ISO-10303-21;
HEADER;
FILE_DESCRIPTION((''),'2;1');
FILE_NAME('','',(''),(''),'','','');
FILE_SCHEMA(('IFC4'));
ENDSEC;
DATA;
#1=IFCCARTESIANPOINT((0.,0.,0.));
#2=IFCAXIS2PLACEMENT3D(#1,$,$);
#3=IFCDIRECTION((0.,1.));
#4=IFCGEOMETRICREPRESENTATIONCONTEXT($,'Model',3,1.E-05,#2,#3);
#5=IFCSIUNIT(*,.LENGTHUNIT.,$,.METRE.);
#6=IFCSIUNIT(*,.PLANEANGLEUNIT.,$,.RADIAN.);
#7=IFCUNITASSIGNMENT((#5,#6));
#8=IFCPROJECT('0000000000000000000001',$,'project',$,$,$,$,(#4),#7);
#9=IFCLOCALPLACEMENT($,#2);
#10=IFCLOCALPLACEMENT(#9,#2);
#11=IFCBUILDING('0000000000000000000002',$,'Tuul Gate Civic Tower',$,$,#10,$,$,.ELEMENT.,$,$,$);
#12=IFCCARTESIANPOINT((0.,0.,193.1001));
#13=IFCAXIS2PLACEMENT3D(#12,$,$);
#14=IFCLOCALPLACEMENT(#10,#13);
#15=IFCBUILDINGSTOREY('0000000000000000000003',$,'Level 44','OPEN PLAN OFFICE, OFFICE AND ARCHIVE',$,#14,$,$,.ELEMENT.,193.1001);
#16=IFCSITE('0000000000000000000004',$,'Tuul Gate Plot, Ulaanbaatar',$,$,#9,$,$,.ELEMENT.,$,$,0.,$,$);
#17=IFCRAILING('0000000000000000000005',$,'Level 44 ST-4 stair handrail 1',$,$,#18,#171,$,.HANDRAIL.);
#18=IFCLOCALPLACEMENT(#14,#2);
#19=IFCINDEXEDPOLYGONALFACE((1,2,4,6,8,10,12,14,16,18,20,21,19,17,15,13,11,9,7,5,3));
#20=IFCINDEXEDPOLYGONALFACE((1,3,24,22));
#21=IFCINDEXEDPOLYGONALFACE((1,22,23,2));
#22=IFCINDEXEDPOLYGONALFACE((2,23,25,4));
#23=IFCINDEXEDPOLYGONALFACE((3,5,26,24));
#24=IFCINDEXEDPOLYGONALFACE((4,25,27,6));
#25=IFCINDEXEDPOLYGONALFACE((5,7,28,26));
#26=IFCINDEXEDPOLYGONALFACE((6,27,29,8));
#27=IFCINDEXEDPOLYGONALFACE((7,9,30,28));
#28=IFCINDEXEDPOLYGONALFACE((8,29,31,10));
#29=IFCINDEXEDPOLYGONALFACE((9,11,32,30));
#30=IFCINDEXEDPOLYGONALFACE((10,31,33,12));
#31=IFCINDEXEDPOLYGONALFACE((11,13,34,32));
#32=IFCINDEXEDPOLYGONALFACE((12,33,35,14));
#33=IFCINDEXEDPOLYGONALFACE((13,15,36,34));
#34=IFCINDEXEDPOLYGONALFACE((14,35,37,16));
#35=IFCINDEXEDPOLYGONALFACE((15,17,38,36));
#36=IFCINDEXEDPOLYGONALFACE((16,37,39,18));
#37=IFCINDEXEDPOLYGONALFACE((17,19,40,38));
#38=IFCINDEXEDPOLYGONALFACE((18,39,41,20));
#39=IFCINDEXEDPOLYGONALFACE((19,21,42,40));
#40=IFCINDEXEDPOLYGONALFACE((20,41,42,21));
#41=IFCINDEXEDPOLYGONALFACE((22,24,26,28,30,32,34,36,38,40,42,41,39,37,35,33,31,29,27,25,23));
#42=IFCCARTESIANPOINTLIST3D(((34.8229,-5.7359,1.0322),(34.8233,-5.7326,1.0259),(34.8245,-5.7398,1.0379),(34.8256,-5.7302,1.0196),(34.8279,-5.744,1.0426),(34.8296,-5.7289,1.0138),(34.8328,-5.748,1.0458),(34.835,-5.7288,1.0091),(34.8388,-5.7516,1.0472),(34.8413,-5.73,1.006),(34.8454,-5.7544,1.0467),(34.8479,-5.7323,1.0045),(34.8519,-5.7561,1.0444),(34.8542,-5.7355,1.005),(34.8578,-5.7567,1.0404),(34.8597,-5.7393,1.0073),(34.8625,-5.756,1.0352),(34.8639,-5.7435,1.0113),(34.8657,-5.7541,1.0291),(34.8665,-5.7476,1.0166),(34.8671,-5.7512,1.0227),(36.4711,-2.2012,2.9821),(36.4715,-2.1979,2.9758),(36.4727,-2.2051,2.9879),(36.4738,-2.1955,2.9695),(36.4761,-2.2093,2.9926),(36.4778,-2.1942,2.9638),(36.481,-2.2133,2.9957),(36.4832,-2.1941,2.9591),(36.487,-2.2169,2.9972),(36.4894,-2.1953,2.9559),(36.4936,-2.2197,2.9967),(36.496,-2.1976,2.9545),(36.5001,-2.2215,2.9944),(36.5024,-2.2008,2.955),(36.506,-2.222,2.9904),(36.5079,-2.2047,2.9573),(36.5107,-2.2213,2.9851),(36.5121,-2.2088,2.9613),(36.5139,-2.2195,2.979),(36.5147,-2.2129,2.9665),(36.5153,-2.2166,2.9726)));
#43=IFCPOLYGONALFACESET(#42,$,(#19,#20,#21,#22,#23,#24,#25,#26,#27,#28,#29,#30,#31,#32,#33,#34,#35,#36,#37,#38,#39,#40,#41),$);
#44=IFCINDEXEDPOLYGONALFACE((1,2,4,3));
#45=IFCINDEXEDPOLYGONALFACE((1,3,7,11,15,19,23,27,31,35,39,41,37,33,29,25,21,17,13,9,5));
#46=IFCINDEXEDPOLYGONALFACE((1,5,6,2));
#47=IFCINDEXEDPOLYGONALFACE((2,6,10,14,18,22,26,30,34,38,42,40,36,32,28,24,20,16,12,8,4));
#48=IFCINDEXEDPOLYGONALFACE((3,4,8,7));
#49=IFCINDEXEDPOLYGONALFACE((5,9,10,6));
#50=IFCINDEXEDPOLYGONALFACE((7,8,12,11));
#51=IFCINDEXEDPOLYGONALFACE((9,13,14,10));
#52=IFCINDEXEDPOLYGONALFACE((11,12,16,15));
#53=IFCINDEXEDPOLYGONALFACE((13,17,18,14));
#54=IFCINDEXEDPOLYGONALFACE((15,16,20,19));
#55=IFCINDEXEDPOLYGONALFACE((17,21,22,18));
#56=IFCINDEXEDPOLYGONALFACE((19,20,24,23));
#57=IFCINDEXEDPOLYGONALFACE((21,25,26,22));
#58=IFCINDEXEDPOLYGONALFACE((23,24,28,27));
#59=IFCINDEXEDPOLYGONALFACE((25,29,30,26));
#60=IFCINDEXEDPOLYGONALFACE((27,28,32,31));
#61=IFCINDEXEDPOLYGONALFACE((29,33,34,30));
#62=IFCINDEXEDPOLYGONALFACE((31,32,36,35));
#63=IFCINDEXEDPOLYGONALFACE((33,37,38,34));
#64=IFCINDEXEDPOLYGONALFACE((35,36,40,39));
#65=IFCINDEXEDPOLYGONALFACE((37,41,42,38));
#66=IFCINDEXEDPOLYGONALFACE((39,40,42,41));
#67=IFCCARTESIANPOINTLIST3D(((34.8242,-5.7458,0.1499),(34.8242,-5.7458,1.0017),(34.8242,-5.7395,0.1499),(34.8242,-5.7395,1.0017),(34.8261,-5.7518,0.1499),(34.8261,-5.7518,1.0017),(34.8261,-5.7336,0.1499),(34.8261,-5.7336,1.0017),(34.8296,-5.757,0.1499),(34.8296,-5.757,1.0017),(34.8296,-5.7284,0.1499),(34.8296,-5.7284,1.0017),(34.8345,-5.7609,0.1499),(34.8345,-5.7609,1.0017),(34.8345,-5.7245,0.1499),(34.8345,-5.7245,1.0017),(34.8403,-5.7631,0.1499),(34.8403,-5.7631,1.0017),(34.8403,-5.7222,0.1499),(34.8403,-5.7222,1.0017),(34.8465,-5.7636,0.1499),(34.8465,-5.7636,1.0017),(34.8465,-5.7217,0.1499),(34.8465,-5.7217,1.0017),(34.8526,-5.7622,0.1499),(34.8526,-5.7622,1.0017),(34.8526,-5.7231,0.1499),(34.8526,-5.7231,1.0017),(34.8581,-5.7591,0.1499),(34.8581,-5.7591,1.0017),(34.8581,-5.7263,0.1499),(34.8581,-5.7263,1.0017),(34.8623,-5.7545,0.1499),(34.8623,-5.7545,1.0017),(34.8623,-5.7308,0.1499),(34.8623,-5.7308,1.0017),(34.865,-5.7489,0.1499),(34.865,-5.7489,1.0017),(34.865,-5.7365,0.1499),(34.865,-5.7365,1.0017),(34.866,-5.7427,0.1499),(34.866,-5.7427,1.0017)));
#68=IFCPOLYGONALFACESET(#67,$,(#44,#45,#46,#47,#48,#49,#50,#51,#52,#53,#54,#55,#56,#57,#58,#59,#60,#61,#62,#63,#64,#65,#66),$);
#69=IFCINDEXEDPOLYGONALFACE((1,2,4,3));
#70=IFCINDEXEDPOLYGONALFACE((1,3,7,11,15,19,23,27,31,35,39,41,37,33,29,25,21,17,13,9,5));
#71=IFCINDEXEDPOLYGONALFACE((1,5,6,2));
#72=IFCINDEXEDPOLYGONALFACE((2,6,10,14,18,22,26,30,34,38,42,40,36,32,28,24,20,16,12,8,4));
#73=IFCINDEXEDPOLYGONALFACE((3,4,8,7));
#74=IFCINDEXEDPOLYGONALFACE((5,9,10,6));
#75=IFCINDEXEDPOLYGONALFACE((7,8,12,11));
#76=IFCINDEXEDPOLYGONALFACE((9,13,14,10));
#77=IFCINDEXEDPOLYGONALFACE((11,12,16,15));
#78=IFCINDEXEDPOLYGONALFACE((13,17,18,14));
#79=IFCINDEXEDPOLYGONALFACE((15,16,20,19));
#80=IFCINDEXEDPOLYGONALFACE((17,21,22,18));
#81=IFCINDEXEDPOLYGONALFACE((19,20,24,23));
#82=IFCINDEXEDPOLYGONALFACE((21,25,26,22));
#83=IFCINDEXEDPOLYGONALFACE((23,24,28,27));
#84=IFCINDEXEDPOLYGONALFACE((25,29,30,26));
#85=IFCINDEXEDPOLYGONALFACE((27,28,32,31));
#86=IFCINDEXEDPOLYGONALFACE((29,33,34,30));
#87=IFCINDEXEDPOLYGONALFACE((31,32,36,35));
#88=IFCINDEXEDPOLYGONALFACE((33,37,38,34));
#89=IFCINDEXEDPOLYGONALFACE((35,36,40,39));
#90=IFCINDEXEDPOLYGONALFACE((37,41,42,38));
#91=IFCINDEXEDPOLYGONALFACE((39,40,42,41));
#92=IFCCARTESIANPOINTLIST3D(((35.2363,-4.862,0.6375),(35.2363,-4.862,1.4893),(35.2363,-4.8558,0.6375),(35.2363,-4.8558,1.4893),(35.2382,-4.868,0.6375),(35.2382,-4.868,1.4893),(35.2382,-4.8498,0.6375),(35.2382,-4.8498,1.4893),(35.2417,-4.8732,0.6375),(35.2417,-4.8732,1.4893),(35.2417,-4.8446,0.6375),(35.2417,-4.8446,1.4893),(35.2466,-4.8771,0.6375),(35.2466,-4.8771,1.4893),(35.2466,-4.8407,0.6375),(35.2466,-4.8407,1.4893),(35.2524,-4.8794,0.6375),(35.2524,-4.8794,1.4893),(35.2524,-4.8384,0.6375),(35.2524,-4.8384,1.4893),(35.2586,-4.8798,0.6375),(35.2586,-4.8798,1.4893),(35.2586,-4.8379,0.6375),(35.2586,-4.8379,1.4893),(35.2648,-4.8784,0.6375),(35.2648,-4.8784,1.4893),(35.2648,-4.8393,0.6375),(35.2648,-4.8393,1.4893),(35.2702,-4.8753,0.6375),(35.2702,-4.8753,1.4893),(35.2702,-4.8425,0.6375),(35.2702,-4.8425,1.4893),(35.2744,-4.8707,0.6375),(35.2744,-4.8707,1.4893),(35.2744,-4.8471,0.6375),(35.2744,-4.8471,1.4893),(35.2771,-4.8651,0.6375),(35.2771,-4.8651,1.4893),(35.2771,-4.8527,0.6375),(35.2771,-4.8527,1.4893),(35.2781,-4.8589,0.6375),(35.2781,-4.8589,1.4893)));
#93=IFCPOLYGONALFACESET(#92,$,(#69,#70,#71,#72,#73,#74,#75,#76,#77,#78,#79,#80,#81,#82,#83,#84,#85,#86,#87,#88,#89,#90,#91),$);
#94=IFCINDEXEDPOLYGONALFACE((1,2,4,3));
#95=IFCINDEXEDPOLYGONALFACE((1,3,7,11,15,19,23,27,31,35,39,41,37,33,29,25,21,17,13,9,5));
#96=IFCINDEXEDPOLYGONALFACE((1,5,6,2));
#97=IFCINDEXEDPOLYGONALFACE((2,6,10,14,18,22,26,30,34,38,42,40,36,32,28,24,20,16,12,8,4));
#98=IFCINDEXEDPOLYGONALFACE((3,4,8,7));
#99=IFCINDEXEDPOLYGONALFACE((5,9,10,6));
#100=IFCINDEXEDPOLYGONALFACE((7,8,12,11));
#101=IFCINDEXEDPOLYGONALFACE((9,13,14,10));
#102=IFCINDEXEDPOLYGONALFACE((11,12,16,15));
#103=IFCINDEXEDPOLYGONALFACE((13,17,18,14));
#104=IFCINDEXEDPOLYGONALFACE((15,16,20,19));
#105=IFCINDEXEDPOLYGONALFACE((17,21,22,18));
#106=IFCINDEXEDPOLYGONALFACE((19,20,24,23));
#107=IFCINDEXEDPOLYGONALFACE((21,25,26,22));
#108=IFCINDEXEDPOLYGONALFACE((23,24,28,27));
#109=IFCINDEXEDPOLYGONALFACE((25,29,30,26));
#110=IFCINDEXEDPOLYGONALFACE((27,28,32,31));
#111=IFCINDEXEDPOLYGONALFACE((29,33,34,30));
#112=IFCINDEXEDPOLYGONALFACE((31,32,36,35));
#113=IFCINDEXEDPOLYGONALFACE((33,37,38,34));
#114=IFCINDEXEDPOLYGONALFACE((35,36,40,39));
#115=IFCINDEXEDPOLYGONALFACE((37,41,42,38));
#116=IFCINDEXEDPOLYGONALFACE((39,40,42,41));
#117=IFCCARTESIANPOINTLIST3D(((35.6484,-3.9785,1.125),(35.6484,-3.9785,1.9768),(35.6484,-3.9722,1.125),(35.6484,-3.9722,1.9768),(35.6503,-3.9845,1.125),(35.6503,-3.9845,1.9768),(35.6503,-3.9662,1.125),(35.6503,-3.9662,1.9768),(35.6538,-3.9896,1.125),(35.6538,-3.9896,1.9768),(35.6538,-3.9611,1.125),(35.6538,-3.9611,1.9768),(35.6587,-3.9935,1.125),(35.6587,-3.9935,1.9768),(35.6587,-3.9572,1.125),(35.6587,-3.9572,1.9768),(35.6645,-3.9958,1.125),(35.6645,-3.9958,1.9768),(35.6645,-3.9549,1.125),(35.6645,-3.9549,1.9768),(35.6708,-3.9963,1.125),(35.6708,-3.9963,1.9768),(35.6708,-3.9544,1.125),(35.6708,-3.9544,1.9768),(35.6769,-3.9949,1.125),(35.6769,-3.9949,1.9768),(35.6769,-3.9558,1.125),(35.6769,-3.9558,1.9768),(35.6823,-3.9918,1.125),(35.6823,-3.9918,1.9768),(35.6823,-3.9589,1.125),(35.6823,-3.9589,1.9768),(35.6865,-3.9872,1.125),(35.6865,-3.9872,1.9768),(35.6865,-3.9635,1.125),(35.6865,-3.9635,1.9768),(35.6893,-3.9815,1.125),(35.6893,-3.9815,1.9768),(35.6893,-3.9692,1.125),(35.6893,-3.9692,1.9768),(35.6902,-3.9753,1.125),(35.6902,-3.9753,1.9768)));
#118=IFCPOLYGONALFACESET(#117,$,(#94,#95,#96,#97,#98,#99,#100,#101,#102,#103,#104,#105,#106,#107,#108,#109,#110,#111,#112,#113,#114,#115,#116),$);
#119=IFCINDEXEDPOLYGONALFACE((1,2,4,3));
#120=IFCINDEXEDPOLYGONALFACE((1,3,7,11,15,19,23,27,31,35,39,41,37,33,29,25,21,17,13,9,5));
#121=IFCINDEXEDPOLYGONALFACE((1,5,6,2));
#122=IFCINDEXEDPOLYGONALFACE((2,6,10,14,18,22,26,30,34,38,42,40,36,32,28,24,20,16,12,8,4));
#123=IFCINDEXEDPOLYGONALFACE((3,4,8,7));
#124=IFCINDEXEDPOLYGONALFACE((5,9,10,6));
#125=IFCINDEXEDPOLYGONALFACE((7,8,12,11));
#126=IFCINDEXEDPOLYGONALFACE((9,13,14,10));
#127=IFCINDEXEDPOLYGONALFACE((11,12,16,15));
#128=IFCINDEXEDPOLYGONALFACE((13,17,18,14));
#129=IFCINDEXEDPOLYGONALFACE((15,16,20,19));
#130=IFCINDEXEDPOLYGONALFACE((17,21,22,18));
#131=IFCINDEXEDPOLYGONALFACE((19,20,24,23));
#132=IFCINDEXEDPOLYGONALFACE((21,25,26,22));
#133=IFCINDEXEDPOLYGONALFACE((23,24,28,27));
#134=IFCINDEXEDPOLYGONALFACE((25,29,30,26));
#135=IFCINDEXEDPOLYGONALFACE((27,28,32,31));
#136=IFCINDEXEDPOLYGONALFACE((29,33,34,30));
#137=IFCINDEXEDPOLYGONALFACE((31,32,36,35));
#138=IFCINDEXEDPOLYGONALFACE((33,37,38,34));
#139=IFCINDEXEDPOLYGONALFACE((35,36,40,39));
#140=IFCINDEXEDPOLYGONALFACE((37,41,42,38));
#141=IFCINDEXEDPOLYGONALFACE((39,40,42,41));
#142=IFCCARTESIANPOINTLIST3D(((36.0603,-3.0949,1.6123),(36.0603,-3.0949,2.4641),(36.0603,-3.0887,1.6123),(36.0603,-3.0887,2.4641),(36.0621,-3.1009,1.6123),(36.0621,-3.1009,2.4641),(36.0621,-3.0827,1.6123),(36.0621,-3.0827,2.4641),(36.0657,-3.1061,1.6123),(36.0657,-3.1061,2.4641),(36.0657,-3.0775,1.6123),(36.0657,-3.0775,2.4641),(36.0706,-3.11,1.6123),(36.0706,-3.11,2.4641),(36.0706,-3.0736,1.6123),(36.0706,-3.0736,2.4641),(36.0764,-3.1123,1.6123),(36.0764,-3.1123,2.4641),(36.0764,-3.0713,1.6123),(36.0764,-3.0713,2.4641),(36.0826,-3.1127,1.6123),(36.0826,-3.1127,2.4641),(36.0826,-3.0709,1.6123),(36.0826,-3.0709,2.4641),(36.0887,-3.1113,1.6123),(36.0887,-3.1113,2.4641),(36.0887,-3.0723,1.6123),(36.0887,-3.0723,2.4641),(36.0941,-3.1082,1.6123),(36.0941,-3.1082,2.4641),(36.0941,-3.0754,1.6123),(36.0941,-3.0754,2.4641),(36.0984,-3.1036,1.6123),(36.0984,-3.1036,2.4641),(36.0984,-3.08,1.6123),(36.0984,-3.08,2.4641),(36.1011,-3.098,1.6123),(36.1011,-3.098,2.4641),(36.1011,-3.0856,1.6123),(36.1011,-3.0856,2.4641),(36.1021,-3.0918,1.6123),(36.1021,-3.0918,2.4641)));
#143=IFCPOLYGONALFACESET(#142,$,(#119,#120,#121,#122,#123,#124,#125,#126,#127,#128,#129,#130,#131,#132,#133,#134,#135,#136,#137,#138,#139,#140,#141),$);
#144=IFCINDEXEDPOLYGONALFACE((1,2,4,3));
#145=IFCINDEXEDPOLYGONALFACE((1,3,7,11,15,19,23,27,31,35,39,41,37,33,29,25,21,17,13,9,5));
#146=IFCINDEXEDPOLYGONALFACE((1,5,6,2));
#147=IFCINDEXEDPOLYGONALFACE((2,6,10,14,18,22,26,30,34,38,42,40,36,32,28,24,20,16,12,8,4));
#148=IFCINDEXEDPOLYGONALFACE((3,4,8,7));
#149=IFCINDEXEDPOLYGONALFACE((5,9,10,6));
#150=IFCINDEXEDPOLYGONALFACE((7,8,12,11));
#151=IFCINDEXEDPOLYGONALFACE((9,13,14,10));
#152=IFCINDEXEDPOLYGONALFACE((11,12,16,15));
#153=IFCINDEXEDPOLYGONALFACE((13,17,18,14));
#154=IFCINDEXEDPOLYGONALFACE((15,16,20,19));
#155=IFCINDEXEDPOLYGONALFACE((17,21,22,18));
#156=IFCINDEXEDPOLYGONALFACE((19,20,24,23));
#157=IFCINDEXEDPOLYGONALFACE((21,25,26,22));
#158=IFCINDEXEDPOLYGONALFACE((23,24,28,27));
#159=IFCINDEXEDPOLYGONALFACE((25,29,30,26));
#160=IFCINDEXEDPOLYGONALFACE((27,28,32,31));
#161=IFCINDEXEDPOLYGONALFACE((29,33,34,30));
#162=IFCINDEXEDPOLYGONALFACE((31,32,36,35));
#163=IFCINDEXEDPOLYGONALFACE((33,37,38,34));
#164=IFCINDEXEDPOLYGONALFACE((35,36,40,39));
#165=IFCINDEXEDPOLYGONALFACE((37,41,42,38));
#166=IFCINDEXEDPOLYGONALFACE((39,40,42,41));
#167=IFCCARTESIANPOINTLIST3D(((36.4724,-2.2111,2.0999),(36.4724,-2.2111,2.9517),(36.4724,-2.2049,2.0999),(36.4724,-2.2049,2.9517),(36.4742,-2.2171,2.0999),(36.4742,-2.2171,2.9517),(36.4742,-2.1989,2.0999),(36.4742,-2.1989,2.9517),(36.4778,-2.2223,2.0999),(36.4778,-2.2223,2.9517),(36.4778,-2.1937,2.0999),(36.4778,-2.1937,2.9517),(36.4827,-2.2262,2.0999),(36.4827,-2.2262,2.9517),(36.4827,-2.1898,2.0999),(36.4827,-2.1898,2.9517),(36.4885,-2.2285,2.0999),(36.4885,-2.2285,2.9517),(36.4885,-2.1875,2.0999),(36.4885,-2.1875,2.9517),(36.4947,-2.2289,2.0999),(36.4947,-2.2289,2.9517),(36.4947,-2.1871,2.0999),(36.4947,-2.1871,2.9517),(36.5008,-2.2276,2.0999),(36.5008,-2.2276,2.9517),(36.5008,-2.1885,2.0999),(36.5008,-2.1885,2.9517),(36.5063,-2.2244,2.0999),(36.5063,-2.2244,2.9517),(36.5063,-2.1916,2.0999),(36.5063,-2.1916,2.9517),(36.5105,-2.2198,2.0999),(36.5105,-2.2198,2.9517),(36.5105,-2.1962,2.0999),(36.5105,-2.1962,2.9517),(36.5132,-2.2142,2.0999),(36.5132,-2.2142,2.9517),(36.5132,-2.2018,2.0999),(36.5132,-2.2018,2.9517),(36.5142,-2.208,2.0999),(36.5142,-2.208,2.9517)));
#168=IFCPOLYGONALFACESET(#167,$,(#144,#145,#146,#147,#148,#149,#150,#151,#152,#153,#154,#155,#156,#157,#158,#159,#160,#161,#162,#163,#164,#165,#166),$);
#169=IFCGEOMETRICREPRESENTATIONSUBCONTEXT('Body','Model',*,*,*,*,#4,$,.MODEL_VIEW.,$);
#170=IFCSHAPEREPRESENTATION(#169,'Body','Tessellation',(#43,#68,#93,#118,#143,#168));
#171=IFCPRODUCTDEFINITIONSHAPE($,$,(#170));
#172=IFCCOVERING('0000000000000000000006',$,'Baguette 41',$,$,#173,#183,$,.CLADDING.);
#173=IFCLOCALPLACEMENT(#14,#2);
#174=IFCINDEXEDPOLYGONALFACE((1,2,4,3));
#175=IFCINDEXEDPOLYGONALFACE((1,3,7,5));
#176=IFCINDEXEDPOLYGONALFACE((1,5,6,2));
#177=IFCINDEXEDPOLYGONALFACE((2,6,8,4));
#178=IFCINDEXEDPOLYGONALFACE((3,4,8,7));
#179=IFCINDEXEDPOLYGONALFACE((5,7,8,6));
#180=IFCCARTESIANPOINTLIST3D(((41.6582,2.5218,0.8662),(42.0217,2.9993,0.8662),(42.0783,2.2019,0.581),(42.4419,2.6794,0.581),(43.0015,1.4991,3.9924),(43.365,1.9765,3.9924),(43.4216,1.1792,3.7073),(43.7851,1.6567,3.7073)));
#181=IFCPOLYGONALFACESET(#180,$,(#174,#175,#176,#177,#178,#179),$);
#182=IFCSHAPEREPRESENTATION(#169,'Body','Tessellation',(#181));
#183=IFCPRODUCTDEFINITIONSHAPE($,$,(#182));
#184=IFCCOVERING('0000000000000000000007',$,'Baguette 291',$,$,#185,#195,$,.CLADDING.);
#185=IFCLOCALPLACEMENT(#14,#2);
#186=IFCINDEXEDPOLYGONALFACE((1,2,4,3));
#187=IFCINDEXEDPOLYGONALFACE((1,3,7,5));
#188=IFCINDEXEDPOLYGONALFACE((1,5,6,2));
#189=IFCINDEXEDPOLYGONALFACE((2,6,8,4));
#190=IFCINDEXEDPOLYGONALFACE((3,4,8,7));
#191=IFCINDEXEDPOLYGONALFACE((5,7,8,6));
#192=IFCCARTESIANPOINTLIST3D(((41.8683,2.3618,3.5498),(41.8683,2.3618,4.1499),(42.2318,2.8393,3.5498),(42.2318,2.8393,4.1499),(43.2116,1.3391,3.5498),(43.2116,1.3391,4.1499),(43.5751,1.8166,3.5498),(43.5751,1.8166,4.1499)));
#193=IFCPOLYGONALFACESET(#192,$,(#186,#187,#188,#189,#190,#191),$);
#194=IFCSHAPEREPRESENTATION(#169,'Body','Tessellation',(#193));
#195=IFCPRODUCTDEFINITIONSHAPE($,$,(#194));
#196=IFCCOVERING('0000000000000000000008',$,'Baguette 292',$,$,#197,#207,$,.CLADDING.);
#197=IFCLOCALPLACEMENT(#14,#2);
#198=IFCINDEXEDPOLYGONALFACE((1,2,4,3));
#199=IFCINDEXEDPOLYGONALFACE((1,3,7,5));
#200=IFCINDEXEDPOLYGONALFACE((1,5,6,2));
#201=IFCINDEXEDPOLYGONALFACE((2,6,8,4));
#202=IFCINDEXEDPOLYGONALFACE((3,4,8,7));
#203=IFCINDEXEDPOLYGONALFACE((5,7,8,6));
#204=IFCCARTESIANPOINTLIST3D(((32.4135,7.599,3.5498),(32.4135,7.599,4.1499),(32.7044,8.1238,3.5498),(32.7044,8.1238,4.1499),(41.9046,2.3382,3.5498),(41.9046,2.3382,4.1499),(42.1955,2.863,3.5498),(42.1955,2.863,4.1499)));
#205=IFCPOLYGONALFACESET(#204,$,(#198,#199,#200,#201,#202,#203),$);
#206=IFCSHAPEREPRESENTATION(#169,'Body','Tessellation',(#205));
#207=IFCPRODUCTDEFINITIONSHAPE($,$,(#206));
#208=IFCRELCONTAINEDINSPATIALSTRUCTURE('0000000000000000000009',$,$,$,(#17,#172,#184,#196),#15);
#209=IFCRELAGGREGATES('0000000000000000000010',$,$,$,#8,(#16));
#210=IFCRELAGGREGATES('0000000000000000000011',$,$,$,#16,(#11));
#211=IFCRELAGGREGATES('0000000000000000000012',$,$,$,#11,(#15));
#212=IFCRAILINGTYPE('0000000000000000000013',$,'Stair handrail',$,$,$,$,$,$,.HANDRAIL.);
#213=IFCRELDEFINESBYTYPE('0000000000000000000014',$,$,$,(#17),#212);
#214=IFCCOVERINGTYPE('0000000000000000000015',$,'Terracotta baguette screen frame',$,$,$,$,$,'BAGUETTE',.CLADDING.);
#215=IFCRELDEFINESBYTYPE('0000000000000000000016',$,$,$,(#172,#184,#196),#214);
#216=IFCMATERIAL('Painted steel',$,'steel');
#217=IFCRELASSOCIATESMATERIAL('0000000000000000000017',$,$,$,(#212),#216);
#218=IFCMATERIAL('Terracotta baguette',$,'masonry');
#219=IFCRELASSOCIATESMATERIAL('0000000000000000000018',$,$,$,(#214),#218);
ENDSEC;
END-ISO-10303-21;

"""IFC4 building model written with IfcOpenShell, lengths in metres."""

from ifc_helpers import new_model, si_unit, direction, frame, origin, origin_2d, place, context, subcontext, project, spatial, rectangle, circle, extrude, material, material_profile, profile_set, type_object, element, save


model = new_model("IFC4")

# Units and contexts
model_context = context("Model", 3, precision=1e-05, world=origin(), true_north=direction((0.0, 1.0)))
body_context = subcontext(model_context, "Body", "Model", "MODEL_VIEW")
ifc_project = project(units=[si_unit("LENGTHUNIT", "METRE"), si_unit("PLANEANGLEUNIT", "RADIAN")], contexts=[model_context])

# Site, building, storey
site_placement = place(None, origin())
site = spatial("IfcSite", under=ifc_project, at=site_placement, Name="Tuul Gate Plot, Ulaanbaatar", CompositionType="ELEMENT", RefElevation=0.0)
building_placement = place(site_placement, origin())
building = spatial("IfcBuilding", under=site, at=building_placement, Name="Tuul Gate Civic Tower", CompositionType="ELEMENT")
storey_placement = place(building_placement, frame((0.0, 0.0, 193.1001)))
storey = spatial("IfcBuildingStorey", under=building, at=storey_placement, Name="Level 44", Description="OPEN PLAN OFFICE, OFFICE AND ARCHIVE", CompositionType="ELEMENT", Elevation=193.1001)

# Railing
ifc_material_1 = material(Name="Painted steel", Category="steel")
railing_type = type_object("IfcRailingType", Name="Stair handrail", PredefinedType="HANDRAIL", material=ifc_material_1)
railing_placement = place(storey_placement, frame((34.845, -5.7427, 0.1499)))
element("IfcRailing", 1, at=railing_placement, inside=storey, type_object=railing_type, Name="Level 44 ST-4 stair handrail 1", PredefinedType="HANDRAIL", context=body_context, shape_type="SweptSolid", body=[
    extrude(circle(Radius=0.0239, at=origin_2d()), frame((0.0, 0.0, 0.876), z_axis=(0.377995, 0.810637, 0.4472), x_axis=(-0.906313, 0.422608, 0.0)), (0.0, 0.0, 1.0), 4.3604),
    extrude(circle(Radius=0.021, at=origin_2d()), origin(), (0.0, 0.0, 1.0), 0.8518),
    extrude(circle(Radius=0.021, at=origin_2d()), frame((0.4121, 0.8838, 0.4875)), (0.0, 0.0, 1.0), 0.8518),
    extrude(circle(Radius=0.021, at=origin_2d()), frame((0.8242, 1.7673, 0.9751)), (0.0, 0.0, 1.0), 0.8518),
    extrude(circle(Radius=0.021, at=origin_2d()), frame((1.2361, 2.6509, 1.4624)), (0.0, 0.0, 1.0), 0.8518),
    extrude(circle(Radius=0.021, at=origin_2d()), frame((1.6482, 3.5347, 1.95)), (0.0, 0.0, 1.0), 0.8518),
])

# Coverings
ifc_material_2 = material(Name="Terracotta baguette", Category="masonry")
ifc_material_profile_1 = material_profile(ifc_material_2, rectangle(XDim=0.6001, YDim=0.6001, at=origin_2d()), Name="Terracotta baguette screen frame")
ifc_profile_set_1 = profile_set([ifc_material_profile_1], Name="Terracotta baguette")
covering_type = type_object("IfcCoveringType", Name="Terracotta baguette screen frame", ElementType="BAGUETTE", PredefinedType="CLADDING", material=ifc_profile_set_1)
covering_1_placement = place(storey_placement, frame((43.3933, 1.5779, 3.8499), z_axis=(-0.378068, 0.287846, -0.879892), x_axis=(-0.605769, -0.795641, 0.0)))
element("IfcCovering", 2, at=covering_1_placement, inside=storey, type_object=covering_type, Name="Baguette 41", PredefinedType="CLADDING", context=body_context, shape_type="SweptSolid", body=[
    extrude(rectangle(XDim=0.6001, YDim=0.6001, at=origin_2d()), origin(), (0.0, 0.0, 1.0), 3.553),
])
covering_2_placement = place(storey_placement, frame((43.3933, 1.5779, 3.8499), z_axis=(-0.795641, 0.605769, 0.0), x_axis=(-0.605769, -0.795641, 0.0)))
element("IfcCovering", 3, at=covering_2_placement, inside=storey, type_object=covering_type, Name="Baguette 291", PredefinedType="CLADDING", context=body_context, shape_type="SweptSolid", body=[
    extrude(rectangle(XDim=0.6001, YDim=0.6001, at=origin_2d()), origin(), (0.0, 0.0, 1.0), 1.6882),
])
covering_3_placement = place(storey_placement, frame((42.05, 2.6006, 3.8499), z_axis=(-0.874627, 0.484796, 0.0), x_axis=(-0.484796, -0.874627, 0.0)))
element("IfcCovering", 4, at=covering_3_placement, inside=storey, type_object=covering_type, Name="Baguette 292", PredefinedType="CLADDING", context=body_context, shape_type="SweptSolid", body=[
    extrude(rectangle(XDim=0.6001, YDim=0.6001, at=origin_2d()), origin(), (0.0, 0.0, 1.0), 10.8516),
])

save(model, "model.ifc")
